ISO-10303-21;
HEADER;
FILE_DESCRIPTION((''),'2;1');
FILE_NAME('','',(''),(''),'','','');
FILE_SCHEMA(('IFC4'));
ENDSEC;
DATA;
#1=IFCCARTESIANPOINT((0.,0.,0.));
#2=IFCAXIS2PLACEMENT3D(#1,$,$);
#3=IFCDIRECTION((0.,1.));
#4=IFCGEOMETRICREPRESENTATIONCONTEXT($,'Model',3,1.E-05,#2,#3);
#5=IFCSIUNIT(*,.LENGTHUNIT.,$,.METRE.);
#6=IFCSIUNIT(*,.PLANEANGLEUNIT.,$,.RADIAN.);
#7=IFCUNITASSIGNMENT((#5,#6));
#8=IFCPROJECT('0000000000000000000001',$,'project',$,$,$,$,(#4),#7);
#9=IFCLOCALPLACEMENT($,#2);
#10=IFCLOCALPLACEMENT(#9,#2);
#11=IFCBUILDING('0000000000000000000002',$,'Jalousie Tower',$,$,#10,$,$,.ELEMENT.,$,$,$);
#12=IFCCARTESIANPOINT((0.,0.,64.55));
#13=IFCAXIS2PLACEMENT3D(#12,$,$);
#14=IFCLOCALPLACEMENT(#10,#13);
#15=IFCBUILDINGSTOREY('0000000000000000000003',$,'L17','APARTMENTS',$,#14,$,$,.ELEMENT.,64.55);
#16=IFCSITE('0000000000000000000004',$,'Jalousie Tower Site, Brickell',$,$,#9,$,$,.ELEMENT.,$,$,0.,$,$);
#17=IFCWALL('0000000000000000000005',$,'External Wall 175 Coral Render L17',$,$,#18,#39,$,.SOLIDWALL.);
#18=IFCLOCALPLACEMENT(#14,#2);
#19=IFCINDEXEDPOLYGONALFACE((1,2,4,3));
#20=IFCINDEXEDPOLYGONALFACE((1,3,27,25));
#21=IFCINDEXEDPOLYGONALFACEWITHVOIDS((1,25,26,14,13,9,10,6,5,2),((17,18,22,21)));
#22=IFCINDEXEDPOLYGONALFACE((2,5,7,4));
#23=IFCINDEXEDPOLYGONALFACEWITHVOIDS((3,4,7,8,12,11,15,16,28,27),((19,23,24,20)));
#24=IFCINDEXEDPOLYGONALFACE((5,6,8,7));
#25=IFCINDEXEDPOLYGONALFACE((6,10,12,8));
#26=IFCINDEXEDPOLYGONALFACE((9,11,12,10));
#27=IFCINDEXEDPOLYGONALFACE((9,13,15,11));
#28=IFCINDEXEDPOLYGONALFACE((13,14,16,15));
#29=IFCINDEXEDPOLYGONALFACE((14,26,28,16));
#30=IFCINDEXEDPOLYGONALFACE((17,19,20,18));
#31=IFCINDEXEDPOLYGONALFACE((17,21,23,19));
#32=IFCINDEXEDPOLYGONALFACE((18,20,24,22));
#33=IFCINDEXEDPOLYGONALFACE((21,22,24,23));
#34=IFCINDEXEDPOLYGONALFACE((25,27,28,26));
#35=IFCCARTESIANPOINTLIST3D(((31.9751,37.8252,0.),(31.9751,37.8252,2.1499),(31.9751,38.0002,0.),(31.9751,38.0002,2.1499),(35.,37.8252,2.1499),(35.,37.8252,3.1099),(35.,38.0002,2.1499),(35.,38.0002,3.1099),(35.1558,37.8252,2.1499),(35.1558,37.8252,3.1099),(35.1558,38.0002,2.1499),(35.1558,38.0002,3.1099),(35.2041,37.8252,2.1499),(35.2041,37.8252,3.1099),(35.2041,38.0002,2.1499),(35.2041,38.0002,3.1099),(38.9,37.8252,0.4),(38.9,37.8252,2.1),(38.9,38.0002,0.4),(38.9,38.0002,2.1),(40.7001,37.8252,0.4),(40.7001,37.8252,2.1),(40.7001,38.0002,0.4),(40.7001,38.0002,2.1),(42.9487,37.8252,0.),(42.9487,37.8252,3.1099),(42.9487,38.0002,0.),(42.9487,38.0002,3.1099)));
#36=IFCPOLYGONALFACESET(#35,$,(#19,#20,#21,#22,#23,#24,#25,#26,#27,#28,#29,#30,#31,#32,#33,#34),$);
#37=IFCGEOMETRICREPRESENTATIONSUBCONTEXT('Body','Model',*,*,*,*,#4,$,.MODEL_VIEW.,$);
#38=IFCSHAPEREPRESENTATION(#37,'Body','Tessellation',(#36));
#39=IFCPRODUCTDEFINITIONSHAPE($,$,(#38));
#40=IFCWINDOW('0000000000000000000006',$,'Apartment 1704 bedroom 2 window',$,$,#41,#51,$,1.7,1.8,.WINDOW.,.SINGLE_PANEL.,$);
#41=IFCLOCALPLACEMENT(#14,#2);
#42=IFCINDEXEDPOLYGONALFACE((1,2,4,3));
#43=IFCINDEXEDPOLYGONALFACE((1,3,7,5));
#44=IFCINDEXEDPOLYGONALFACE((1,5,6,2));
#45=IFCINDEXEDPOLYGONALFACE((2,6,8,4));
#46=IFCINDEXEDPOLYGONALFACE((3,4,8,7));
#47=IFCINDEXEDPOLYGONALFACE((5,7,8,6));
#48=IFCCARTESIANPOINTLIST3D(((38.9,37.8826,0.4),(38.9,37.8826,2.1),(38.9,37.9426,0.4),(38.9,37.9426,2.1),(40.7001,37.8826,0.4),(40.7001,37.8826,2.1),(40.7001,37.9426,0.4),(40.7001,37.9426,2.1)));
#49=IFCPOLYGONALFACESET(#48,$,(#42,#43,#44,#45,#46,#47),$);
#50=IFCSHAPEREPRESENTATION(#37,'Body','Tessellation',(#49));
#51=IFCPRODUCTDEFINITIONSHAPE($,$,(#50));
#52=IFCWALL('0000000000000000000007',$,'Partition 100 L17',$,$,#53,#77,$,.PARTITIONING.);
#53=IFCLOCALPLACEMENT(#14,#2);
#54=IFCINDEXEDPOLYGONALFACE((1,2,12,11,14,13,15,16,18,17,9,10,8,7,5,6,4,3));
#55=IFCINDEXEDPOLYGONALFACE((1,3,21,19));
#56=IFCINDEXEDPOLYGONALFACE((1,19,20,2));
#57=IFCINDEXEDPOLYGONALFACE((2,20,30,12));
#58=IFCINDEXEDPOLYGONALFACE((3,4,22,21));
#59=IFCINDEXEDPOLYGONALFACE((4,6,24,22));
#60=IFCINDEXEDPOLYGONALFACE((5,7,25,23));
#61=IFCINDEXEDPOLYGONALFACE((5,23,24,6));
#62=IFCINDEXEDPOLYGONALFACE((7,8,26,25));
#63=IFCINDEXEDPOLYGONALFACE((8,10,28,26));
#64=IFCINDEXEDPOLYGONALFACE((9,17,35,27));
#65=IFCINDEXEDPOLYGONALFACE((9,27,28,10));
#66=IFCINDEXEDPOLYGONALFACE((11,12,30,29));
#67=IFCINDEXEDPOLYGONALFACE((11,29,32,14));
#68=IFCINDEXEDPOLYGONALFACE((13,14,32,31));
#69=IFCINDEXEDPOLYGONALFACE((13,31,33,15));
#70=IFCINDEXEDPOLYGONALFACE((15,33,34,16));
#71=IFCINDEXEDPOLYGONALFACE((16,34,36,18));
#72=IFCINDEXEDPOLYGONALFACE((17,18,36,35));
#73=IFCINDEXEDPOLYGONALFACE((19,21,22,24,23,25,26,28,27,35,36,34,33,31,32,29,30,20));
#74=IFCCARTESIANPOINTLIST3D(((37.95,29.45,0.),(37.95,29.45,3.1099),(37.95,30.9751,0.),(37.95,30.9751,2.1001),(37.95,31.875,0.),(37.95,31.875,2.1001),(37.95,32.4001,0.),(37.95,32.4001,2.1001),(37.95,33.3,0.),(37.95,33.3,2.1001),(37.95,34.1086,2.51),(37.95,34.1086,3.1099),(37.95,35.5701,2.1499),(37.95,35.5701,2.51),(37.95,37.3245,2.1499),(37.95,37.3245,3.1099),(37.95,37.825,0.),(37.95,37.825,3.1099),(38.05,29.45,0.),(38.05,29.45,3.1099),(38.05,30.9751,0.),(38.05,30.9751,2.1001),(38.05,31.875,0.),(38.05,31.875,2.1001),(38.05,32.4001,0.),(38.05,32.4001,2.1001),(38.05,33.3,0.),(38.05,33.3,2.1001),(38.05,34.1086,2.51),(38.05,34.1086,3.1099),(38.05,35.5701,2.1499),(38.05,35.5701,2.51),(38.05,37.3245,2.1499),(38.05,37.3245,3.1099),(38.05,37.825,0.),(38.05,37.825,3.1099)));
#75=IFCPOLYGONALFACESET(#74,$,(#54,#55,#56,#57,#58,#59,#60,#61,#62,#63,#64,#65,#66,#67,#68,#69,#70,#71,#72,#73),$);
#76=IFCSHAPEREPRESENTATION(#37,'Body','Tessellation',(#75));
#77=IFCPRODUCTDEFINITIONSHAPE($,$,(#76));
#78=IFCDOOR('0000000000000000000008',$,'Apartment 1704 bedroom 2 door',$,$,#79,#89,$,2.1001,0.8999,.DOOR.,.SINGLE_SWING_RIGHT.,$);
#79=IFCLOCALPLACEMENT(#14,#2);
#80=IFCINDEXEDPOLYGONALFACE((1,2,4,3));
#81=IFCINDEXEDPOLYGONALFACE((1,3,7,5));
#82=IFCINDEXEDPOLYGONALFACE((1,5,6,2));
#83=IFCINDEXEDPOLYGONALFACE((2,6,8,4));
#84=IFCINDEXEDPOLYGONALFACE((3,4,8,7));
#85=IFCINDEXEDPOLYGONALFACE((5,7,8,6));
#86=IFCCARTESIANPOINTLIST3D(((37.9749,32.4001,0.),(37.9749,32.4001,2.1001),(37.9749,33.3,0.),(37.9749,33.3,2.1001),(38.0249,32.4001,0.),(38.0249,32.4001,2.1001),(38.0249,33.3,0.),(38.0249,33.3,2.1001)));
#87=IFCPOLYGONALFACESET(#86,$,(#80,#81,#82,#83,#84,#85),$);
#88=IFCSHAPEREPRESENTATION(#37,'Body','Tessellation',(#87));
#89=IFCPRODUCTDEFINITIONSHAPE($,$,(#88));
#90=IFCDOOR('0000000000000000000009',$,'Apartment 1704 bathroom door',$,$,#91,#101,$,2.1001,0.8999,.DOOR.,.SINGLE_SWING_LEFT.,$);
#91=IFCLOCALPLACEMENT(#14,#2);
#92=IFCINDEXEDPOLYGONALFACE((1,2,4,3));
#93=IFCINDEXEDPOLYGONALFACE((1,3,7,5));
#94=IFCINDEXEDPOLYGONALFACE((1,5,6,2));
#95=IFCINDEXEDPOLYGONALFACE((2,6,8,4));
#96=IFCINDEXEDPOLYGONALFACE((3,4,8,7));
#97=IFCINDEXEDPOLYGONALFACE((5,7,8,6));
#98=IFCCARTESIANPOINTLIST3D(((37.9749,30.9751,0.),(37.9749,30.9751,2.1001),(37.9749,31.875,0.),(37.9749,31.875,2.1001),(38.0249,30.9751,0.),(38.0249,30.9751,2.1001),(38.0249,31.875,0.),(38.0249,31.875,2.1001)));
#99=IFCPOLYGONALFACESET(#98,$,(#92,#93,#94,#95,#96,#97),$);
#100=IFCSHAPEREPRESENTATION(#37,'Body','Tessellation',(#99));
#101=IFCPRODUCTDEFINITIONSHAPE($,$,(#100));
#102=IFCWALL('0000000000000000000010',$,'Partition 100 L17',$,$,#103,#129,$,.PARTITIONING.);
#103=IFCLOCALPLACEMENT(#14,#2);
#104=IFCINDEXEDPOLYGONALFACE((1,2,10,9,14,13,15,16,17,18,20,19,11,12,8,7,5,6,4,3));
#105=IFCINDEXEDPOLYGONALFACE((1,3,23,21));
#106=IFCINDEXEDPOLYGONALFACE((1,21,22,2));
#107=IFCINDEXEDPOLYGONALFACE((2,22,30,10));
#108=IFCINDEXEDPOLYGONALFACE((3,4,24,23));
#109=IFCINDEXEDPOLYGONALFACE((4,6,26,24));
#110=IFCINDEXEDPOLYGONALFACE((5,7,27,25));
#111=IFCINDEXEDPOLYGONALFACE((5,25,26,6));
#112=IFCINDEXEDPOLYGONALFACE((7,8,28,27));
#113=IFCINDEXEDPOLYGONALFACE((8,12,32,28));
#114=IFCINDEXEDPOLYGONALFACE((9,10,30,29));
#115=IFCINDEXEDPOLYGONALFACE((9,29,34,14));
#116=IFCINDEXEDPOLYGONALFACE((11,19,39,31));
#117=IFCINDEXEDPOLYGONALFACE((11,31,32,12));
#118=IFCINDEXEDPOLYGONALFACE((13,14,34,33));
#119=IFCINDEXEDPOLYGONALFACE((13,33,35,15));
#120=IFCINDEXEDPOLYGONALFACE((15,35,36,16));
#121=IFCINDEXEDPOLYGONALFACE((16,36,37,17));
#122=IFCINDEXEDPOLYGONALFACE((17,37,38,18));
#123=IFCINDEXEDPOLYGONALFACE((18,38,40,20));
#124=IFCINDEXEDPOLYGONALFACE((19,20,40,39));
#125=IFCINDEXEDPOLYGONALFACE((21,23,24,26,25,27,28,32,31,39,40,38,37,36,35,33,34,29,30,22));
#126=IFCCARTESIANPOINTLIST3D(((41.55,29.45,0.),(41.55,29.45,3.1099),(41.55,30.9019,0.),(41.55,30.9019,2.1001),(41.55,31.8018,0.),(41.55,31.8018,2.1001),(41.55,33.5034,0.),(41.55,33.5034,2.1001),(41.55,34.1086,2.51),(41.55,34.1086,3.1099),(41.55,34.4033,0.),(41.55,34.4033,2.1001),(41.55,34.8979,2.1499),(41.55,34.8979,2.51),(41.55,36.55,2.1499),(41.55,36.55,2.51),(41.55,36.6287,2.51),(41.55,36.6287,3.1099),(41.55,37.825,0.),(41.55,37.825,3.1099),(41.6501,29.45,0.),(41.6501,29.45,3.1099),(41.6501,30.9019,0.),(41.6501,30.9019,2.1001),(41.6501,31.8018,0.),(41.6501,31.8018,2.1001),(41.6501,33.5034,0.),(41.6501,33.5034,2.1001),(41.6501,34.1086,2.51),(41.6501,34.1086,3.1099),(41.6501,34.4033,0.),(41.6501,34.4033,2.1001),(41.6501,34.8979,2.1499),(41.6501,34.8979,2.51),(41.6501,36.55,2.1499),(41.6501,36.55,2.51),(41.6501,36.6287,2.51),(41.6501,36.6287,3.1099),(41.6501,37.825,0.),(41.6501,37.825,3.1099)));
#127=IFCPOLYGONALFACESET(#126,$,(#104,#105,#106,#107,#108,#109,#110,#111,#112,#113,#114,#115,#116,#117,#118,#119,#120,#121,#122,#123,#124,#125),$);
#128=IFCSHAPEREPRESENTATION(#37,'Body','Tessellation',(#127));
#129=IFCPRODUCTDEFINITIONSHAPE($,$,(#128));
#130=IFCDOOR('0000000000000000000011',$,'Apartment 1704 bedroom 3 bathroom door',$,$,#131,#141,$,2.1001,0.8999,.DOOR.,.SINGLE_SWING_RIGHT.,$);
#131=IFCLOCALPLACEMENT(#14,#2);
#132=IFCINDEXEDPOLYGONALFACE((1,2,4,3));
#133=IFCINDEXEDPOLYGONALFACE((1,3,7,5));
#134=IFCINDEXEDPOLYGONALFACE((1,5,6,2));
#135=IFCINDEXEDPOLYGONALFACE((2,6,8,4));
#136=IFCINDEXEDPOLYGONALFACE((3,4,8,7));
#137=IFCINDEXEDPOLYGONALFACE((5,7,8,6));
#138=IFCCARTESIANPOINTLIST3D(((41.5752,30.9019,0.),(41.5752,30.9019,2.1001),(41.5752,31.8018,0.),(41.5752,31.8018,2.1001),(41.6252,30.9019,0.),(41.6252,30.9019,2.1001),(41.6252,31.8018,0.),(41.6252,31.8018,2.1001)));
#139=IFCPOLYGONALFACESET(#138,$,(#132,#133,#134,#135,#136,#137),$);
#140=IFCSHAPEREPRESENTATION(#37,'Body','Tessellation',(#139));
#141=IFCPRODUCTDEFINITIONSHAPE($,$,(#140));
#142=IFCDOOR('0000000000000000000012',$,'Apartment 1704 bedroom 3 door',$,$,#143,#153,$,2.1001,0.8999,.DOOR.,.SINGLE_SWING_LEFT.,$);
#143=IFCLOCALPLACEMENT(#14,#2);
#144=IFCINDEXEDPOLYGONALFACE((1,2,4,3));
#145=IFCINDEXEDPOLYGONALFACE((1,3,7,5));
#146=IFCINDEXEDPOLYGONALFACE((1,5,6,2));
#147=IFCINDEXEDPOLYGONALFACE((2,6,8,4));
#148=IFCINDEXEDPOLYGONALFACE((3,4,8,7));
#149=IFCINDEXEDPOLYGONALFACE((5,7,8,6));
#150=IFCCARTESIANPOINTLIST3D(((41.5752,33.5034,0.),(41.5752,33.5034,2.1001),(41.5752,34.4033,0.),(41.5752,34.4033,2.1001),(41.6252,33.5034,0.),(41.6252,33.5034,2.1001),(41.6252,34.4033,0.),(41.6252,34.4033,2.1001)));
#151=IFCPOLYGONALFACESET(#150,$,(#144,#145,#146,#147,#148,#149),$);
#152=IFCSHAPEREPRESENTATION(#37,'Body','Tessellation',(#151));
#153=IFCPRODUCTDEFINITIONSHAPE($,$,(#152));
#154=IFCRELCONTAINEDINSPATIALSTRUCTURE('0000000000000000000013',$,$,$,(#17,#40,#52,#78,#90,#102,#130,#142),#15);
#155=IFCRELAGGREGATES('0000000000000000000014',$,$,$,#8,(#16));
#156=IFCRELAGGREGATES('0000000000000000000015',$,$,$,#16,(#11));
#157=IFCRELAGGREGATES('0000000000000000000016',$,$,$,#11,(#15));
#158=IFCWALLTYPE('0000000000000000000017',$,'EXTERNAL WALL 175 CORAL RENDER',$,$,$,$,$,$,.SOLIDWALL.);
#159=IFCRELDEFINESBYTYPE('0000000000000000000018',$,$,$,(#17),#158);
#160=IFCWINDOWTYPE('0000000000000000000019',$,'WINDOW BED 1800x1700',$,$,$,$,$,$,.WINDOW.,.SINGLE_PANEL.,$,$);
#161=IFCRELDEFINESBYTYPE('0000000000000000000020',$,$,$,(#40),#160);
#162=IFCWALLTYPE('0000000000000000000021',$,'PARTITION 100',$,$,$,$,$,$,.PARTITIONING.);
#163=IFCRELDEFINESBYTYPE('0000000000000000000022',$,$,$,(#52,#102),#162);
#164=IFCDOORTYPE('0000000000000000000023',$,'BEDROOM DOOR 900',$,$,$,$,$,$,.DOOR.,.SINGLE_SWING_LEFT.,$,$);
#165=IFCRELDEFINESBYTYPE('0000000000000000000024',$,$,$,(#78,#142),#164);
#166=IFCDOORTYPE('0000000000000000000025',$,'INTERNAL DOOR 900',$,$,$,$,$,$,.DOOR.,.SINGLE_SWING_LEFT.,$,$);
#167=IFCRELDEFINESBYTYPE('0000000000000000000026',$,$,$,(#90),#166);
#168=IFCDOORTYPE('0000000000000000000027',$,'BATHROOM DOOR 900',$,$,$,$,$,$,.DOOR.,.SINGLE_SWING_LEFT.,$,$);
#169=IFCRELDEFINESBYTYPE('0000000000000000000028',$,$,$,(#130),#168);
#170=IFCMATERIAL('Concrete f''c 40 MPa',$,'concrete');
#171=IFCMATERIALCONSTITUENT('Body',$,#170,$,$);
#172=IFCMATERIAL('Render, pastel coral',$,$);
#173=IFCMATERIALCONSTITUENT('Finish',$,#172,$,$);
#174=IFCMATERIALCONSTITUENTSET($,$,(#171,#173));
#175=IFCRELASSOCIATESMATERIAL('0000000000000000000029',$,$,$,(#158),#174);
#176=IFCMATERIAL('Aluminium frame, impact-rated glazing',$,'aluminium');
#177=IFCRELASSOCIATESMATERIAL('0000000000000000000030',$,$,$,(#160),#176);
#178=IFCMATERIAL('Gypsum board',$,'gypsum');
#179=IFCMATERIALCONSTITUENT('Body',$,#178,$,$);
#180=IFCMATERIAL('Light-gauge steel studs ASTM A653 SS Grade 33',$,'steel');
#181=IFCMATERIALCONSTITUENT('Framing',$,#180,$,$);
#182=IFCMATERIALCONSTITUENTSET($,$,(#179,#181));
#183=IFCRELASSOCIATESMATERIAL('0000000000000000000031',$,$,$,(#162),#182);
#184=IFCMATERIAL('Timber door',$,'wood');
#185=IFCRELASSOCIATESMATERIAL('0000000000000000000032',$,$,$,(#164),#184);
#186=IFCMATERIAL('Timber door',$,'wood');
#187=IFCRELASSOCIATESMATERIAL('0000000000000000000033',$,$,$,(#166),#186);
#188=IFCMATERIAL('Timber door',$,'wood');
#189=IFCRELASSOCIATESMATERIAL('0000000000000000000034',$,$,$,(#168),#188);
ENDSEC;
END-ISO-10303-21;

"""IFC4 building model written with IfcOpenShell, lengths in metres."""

from ifc_helpers import new_model, si_unit, direction, frame, frame_2d, origin, place, context, subcontext, project, spatial, polyline, rectangle, outline, extrude, material, constituent, constituent_set, type_object, element, fill, save


model = new_model("IFC4")

# Units and contexts
model_context = context("Model", 3, precision=1e-05, world=origin(), true_north=direction((0.0, 1.0)))
body_context = subcontext(model_context, "Body", "Model", "MODEL_VIEW")
ifc_project = project(units=[si_unit("LENGTHUNIT", "METRE"), si_unit("PLANEANGLEUNIT", "RADIAN")], contexts=[model_context])

# Site, building, storey
site_placement = place(None, origin())
site = spatial("IfcSite", under=ifc_project, at=site_placement, Name="Jalousie Tower Site, Brickell", CompositionType="ELEMENT", RefElevation=0.0)
building_placement = place(site_placement, origin())
building = spatial("IfcBuilding", under=site, at=building_placement, Name="Jalousie Tower", CompositionType="ELEMENT")
storey_placement = place(building_placement, frame((0.0, 0.0, 64.55)))
storey = spatial("IfcBuildingStorey", under=building, at=storey_placement, Name="L17", Description="APARTMENTS", CompositionType="ELEMENT", Elevation=64.55)

# Wall, opening, window
ifc_material_1 = material(Name="Concrete f'c 40 MPa", Category="concrete")
ifc_constituent_1 = constituent(ifc_material_1, Name="Body")
ifc_material_2 = material(Name="Render, pastel coral")
ifc_constituent_2 = constituent(ifc_material_2, Name="Finish")
ifc_constituent_set_1 = constituent_set(constituents=[ifc_constituent_1, ifc_constituent_2])
wall_type_1 = type_object("IfcWallType", Name="EXTERNAL WALL 175 CORAL RENDER", PredefinedType="SOLIDWALL", material=ifc_constituent_set_1)
wall_1_placement = place(storey_placement, frame((42.9487, 37.9126, 0.0), z_axis=(0.0, 0.0, 1.0), x_axis=(-1.0, 0.0, 0.0)))
wall_1 = element("IfcWall", 1, at=wall_1_placement, inside=storey, type_object=wall_type_1, Name="External Wall 175 Coral Render L17", PredefinedType="SOLIDWALL", context=body_context, shape_type="SweptSolid", body=[
    extrude(outline(polyline([(0.0, 0.0), (10.9736, 0.0), (10.9736, 2.1499), (7.9487, 2.1499), (7.9487, 3.1099), (7.793, 3.1099), (7.793, 2.1499), (7.7446, 2.1499), (7.7446, 3.1099), (0.0, 3.1099), (0.0, 0.0)])), frame((0.0, 0.0874, 0.0), z_axis=(0.0, -1.0, 0.0), x_axis=(1.0, 0.0, 0.0)), (0.0, 0.0, 1.0), 0.175),
])
opening_1_placement = place(wall_1_placement, frame((2.2488, 0.0, 0.3999)))
opening_1 = element("IfcOpeningElement", 2, at=opening_1_placement, cuts=wall_1, PredefinedType="OPENING", context=body_context, shape_type="SweptSolid", body=[
    extrude(rectangle(XDim=1.8, YDim=1.7, at=frame_2d((0.8999, 0.8501))), frame((0.0, 0.0974, 0.0), z_axis=(0.0, -1.0, 0.0), x_axis=(1.0, 0.0, 0.0)), (0.0, 0.0, 1.0), 0.1951),
])
ifc_material_3 = material(Name="Aluminium frame, impact-rated glazing", Category="aluminium")
window_type = type_object("IfcWindowType", Name="WINDOW BED 1800x1700", PartitioningType="SINGLE_PANEL", PredefinedType="WINDOW", material=ifc_material_3)
window_placement = place(opening_1_placement, origin())
window = element("IfcWindow", 3, at=window_placement, inside=storey, type_object=window_type, Name="Apartment 1704 bedroom 2 window", OverallHeight=1.7, OverallWidth=1.8, PartitioningType="SINGLE_PANEL", PredefinedType="WINDOW", context=body_context, shape_type="SweptSolid", body=[
    extrude(rectangle(XDim=1.8, YDim=1.7, at=frame_2d((0.8999, 0.8501))), frame((0.0, 0.03, 0.0), z_axis=(0.0, -1.0, 0.0), x_axis=(1.0, 0.0, 0.0)), (0.0, 0.0, 1.0), 0.0601),
])
fill(opening_1, window)

# Walls, openings, doors
ifc_material_4 = material(Name="Gypsum board", Category="gypsum")
ifc_constituent_3 = constituent(ifc_material_4, Name="Body")
ifc_material_5 = material(Name="Light-gauge steel studs ASTM A653 SS Grade 33", Category="steel")
ifc_constituent_4 = constituent(ifc_material_5, Name="Framing")
ifc_constituent_set_2 = constituent_set(constituents=[ifc_constituent_3, ifc_constituent_4])
wall_type_2 = type_object("IfcWallType", Name="PARTITION 100", PredefinedType="PARTITIONING", material=ifc_constituent_set_2)
wall_2_placement = place(storey_placement, frame((38.0, 37.825, 0.0), z_axis=(0.0, 0.0, 1.0), x_axis=(0.0, -1.0, 0.0)))
wall_2 = element("IfcWall", 4, at=wall_2_placement, inside=storey, type_object=wall_type_2, Name="Partition 100 L17", PredefinedType="PARTITIONING", context=body_context, shape_type="SweptSolid", body=[
    extrude(outline(polyline([(0.0, 0.0), (8.375, 0.0), (8.375, 3.1099), (3.7163, 3.1099), (3.7163, 2.51), (2.2549, 2.51), (2.2549, 2.1499), (0.5005, 2.1499), (0.5005, 3.1099), (0.0, 3.1099), (0.0, 0.0)])), frame((0.0, 0.05, 0.0), z_axis=(0.0, -1.0, 0.0), x_axis=(1.0, 0.0, 0.0)), (0.0, 0.0, 1.0), 0.1001),
])
opening_2_placement = place(wall_2_placement, frame((4.5249, 0.0, 0.0)))
opening_2 = element("IfcOpeningElement", 5, at=opening_2_placement, cuts=wall_2, PredefinedType="OPENING", context=body_context, shape_type="SweptSolid", body=[
    extrude(rectangle(XDim=0.8999, YDim=2.1001, at=frame_2d((0.45, 1.05))), frame((0.0, 0.0601, 0.0), z_axis=(0.0, -1.0, 0.0), x_axis=(1.0, 0.0, 0.0)), (0.0, 0.0, 1.0), 0.1201),
])
opening_3_placement = place(wall_2_placement, frame((5.95, 0.0, 0.0)))
opening_3 = element("IfcOpeningElement", 6, at=opening_3_placement, cuts=wall_2, PredefinedType="OPENING", context=body_context, shape_type="SweptSolid", body=[
    extrude(rectangle(XDim=0.8999, YDim=2.1001, at=frame_2d((0.45, 1.05))), frame((0.0, 0.0601, 0.0), z_axis=(0.0, -1.0, 0.0), x_axis=(1.0, 0.0, 0.0)), (0.0, 0.0, 1.0), 0.1201),
])
ifc_material_6 = material(Name="Timber door", Category="wood")
door_type_1 = type_object("IfcDoorType", Name="BEDROOM DOOR 900", OperationType="SINGLE_SWING_LEFT", PredefinedType="DOOR", material=ifc_material_6)
door_1_placement = place(opening_2_placement, origin())
door_1 = element("IfcDoor", 7, at=door_1_placement, inside=storey, type_object=door_type_1, Name="Apartment 1704 bedroom 2 door", OperationType="SINGLE_SWING_RIGHT", OverallHeight=2.1001, OverallWidth=0.8999, PredefinedType="DOOR", context=body_context, shape_type="SweptSolid", body=[
    extrude(rectangle(XDim=0.8999, YDim=2.1001, at=frame_2d((0.45, 1.05))), frame((0.0, 0.0249, 0.0), z_axis=(0.0, -1.0, 0.0), x_axis=(1.0, 0.0, 0.0)), (0.0, 0.0, 1.0), 0.05),
])
fill(opening_2, door_1)
ifc_material_7 = material(Name="Timber door", Category="wood")
door_type_2 = type_object("IfcDoorType", Name="INTERNAL DOOR 900", OperationType="SINGLE_SWING_LEFT", PredefinedType="DOOR", material=ifc_material_7)
door_2_placement = place(opening_3_placement, origin())
door_2 = element("IfcDoor", 8, at=door_2_placement, inside=storey, type_object=door_type_2, Name="Apartment 1704 bathroom door", OperationType="SINGLE_SWING_LEFT", OverallHeight=2.1001, OverallWidth=0.8999, PredefinedType="DOOR", context=body_context, shape_type="SweptSolid", body=[
    extrude(rectangle(XDim=0.8999, YDim=2.1001, at=frame_2d((0.45, 1.05))), frame((0.0, 0.0249, 0.0), z_axis=(0.0, -1.0, 0.0), x_axis=(1.0, 0.0, 0.0)), (0.0, 0.0, 1.0), 0.05),
])
fill(opening_3, door_2)
wall_3_placement = place(storey_placement, frame((41.6001, 37.825, 0.0), z_axis=(0.0, 0.0, 1.0), x_axis=(0.0, -1.0, 0.0)))
wall_3 = element("IfcWall", 9, at=wall_3_placement, inside=storey, type_object=wall_type_2, Name="Partition 100 L17", PredefinedType="PARTITIONING", context=body_context, shape_type="SweptSolid", body=[
    extrude(outline(polyline([(0.0, 0.0), (8.375, 0.0), (8.375, 3.1099), (3.7163, 3.1099), (3.7163, 2.51), (2.927, 2.51), (2.927, 2.1499), (1.2749, 2.1499), (1.2749, 2.51), (1.1963, 2.51), (1.1963, 3.1099), (0.0, 3.1099), (0.0, 0.0)])), frame((0.0, 0.05, 0.0), z_axis=(0.0, -1.0, 0.0), x_axis=(1.0, 0.0, 0.0)), (0.0, 0.0, 1.0), 0.1001),
])
opening_4_placement = place(wall_3_placement, frame((3.4216, 0.0, 0.0)))
opening_4 = element("IfcOpeningElement", 10, at=opening_4_placement, cuts=wall_3, PredefinedType="OPENING", context=body_context, shape_type="SweptSolid", body=[
    extrude(rectangle(XDim=0.8999, YDim=2.1001, at=frame_2d((0.45, 1.05))), frame((0.0, 0.0601, 0.0), z_axis=(0.0, -1.0, 0.0), x_axis=(1.0, 0.0, 0.0)), (0.0, 0.0, 1.0), 0.1201),
])
opening_5_placement = place(wall_3_placement, frame((6.0232, 0.0, 0.0)))
opening_5 = element("IfcOpeningElement", 11, at=opening_5_placement, cuts=wall_3, PredefinedType="OPENING", context=body_context, shape_type="SweptSolid", body=[
    extrude(rectangle(XDim=0.8999, YDim=2.1001, at=frame_2d((0.45, 1.05))), frame((0.0, 0.0601, 0.0), z_axis=(0.0, -1.0, 0.0), x_axis=(1.0, 0.0, 0.0)), (0.0, 0.0, 1.0), 0.1201),
])
ifc_material_8 = material(Name="Timber door", Category="wood")
door_type_3 = type_object("IfcDoorType", Name="BATHROOM DOOR 900", OperationType="SINGLE_SWING_LEFT", PredefinedType="DOOR", material=ifc_material_8)
door_3_placement = place(opening_5_placement, frame((0.8999, 0.0, 0.0), z_axis=(0.0, 0.0, 1.0), x_axis=(-1.0, 0.0, 0.0)))
door_3 = element("IfcDoor", 12, at=door_3_placement, inside=storey, type_object=door_type_3, Name="Apartment 1704 bedroom 3 bathroom door", OperationType="SINGLE_SWING_RIGHT", OverallHeight=2.1001, OverallWidth=0.8999, PredefinedType="DOOR", context=body_context, shape_type="SweptSolid", body=[
    extrude(rectangle(XDim=0.8999, YDim=2.1001, at=frame_2d((0.45, 1.05))), frame((0.0, 0.0249, 0.0), z_axis=(0.0, -1.0, 0.0), x_axis=(1.0, 0.0, 0.0)), (0.0, 0.0, 1.0), 0.05),
])
fill(opening_5, door_3)
door_4_placement = place(opening_4_placement, frame((0.8999, 0.0, 0.0), z_axis=(0.0, 0.0, 1.0), x_axis=(-1.0, 0.0, 0.0)))
door_4 = element("IfcDoor", 13, at=door_4_placement, inside=storey, type_object=door_type_1, Name="Apartment 1704 bedroom 3 door", OperationType="SINGLE_SWING_LEFT", OverallHeight=2.1001, OverallWidth=0.8999, PredefinedType="DOOR", context=body_context, shape_type="SweptSolid", body=[
    extrude(rectangle(XDim=0.8999, YDim=2.1001, at=frame_2d((0.45, 1.05))), frame((0.0, 0.0249, 0.0), z_axis=(0.0, -1.0, 0.0), x_axis=(1.0, 0.0, 0.0)), (0.0, 0.0, 1.0), 0.05),
])
fill(opening_4, door_4)

save(model, "model.ifc")
